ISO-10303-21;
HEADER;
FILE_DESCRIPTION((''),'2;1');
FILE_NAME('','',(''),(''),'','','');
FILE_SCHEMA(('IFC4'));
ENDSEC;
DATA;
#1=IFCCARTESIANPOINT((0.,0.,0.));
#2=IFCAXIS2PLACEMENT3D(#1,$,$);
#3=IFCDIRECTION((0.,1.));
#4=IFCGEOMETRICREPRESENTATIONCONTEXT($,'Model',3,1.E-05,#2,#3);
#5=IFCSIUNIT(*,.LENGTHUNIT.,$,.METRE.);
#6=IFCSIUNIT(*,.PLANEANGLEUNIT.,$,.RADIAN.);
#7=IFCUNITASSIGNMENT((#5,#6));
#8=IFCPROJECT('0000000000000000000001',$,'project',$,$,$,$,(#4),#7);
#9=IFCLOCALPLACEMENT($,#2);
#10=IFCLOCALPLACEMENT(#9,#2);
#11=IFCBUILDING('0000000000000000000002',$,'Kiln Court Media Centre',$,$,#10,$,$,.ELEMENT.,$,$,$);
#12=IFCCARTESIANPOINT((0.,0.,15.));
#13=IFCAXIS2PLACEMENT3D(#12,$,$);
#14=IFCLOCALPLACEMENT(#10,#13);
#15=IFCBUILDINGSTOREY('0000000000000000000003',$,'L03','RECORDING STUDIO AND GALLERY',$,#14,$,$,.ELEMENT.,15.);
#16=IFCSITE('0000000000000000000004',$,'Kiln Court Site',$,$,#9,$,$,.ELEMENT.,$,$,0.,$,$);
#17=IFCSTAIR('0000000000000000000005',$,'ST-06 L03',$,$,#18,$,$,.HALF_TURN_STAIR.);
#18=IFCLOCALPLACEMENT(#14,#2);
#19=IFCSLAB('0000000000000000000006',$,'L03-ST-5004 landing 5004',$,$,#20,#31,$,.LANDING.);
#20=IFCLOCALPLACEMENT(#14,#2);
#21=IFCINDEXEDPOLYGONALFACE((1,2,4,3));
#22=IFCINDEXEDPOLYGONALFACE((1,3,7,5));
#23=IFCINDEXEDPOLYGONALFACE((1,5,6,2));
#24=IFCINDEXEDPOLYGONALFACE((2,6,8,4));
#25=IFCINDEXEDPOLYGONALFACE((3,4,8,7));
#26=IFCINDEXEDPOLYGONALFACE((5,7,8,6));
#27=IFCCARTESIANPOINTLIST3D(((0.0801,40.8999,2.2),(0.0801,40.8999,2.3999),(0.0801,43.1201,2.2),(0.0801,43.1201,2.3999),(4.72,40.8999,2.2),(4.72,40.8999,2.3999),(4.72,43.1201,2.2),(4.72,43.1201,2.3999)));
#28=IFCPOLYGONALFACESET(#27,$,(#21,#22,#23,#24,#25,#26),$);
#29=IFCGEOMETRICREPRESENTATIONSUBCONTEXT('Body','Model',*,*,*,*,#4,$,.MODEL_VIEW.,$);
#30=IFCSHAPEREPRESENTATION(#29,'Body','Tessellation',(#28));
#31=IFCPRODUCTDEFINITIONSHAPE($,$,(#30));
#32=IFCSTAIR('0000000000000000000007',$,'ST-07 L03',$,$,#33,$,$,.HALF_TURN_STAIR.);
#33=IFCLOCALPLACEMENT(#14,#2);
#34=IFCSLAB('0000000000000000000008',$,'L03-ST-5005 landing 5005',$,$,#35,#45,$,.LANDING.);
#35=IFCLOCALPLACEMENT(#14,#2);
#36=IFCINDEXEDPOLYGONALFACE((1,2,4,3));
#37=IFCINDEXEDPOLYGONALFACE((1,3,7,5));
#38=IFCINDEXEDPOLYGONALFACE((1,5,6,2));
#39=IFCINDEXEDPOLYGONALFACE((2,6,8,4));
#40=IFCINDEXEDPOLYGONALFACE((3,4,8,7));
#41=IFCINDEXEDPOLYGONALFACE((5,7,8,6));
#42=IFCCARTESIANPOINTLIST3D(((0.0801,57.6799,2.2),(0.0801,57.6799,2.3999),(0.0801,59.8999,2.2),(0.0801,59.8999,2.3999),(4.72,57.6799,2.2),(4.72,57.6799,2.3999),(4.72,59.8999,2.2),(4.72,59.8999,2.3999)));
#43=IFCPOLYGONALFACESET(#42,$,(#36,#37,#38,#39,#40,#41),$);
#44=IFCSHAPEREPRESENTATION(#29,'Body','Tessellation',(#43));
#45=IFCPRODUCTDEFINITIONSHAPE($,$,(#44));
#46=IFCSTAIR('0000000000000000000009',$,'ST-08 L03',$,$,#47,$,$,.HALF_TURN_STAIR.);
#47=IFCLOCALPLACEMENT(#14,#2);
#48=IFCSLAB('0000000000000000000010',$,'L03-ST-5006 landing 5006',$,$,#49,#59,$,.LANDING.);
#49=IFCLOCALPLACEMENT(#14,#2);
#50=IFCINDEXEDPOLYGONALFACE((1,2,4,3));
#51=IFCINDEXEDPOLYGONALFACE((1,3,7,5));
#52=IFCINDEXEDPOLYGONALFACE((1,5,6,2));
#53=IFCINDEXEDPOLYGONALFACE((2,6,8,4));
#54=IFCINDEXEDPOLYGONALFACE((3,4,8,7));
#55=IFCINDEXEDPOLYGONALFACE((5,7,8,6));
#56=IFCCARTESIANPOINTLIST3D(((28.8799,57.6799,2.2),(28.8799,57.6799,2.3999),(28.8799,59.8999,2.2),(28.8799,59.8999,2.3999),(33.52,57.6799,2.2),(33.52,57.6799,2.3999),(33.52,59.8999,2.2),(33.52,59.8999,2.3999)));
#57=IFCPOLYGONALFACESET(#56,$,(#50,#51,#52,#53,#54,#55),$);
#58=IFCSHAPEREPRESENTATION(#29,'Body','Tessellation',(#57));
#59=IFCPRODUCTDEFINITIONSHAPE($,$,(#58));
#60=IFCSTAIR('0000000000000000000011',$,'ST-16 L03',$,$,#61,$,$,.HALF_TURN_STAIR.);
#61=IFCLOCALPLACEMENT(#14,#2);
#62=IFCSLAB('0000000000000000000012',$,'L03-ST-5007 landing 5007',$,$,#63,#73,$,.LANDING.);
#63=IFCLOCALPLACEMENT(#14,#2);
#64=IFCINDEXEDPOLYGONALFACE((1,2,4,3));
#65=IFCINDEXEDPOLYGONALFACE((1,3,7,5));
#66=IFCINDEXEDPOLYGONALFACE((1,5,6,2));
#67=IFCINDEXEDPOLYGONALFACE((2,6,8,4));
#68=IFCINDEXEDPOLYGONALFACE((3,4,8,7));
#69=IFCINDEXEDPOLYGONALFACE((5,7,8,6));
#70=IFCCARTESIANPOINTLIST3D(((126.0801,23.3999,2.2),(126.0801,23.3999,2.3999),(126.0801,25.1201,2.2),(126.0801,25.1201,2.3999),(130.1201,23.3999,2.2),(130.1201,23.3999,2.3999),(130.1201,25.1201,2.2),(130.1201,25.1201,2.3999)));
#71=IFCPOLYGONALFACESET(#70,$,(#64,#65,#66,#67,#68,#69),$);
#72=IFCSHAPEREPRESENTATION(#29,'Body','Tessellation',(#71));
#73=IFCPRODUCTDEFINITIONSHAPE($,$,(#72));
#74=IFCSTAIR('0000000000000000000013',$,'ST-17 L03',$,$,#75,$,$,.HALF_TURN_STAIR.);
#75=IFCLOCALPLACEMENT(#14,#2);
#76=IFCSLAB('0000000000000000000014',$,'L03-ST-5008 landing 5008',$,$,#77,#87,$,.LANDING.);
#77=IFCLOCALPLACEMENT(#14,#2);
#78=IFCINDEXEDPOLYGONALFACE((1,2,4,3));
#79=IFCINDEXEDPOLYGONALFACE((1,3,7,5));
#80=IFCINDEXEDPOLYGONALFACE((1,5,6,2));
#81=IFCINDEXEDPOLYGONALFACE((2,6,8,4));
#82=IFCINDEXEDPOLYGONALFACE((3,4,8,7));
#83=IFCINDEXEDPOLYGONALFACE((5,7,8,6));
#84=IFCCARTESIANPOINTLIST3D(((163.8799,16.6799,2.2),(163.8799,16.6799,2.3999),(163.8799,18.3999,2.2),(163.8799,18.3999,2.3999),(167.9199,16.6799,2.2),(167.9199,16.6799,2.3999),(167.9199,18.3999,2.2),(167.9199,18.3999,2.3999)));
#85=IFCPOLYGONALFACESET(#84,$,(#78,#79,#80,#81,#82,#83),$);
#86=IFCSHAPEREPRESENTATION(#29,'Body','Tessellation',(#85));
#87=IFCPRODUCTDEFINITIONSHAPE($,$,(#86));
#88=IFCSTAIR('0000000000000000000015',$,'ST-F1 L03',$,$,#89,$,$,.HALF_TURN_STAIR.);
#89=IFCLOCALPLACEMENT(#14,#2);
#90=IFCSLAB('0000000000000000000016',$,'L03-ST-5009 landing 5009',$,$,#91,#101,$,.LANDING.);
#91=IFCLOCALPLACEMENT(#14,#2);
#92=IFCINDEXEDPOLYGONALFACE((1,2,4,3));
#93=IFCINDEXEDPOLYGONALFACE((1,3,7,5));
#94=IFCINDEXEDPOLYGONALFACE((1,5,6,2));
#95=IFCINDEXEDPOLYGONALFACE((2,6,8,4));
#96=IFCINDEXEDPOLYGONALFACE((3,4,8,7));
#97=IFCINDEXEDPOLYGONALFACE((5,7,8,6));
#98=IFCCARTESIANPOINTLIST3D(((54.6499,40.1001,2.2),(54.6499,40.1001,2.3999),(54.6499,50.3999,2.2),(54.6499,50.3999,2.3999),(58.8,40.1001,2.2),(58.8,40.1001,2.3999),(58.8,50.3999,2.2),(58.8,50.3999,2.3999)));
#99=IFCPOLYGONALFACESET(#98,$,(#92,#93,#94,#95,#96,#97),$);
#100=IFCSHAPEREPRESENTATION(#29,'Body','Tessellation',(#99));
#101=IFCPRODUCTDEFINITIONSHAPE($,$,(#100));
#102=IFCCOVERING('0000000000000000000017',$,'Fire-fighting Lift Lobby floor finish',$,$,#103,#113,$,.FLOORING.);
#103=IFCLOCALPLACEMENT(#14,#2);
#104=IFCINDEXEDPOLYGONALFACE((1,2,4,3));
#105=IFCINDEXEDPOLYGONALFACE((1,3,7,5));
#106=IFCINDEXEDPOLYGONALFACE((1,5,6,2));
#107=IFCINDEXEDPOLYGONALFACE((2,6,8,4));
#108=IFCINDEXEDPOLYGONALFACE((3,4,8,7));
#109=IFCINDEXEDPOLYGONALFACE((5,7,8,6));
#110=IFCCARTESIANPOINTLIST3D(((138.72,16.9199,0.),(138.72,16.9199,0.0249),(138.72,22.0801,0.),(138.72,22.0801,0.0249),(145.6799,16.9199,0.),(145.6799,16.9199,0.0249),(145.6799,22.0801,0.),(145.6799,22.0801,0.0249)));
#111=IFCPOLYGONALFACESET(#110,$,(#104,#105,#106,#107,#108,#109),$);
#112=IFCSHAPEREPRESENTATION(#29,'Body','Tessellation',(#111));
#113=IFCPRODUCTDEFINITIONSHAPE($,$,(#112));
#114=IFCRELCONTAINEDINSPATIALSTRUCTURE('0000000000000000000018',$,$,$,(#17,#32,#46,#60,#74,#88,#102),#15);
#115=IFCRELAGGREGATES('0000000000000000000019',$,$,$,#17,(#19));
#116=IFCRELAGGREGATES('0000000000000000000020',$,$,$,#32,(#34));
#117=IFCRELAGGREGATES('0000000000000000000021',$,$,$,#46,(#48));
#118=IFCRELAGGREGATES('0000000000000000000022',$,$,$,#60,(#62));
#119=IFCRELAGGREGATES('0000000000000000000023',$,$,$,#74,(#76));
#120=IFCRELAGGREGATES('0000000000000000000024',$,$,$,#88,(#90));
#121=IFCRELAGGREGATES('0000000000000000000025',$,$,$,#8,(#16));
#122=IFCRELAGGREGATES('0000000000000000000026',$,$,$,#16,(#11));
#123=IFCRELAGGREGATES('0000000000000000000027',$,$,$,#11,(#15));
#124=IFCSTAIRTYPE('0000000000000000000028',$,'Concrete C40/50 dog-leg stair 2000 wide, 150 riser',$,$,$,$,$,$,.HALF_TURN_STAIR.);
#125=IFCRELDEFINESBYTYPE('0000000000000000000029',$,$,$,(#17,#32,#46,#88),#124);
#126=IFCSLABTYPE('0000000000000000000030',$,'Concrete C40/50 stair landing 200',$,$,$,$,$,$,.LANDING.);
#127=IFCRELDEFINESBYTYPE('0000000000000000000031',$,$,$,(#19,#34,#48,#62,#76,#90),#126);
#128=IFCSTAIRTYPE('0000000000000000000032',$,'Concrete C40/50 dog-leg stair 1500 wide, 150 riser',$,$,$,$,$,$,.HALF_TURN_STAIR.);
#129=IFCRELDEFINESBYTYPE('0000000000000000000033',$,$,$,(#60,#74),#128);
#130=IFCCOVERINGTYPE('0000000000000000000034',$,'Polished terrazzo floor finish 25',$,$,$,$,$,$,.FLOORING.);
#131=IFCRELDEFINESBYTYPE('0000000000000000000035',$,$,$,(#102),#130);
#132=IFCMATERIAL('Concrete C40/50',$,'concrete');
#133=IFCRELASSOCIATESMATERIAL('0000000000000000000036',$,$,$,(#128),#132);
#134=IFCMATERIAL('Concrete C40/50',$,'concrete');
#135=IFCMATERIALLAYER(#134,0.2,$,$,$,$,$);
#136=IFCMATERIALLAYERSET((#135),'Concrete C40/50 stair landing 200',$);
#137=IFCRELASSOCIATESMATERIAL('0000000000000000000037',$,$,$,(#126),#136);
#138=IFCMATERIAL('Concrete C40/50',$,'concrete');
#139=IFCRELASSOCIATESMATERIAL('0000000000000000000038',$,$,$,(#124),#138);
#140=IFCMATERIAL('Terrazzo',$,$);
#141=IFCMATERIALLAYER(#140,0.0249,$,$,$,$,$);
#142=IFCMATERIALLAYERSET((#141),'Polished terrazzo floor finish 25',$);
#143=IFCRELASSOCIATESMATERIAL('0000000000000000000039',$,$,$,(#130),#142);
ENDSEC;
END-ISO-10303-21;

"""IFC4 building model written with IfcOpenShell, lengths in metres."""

from ifc_helpers import new_model, si_unit, direction, frame, origin, place, context, subcontext, project, spatial, polyline, outline, extrude, material, layer, layer_set, type_object, element, aggregate, save


model = new_model("IFC4")

# Units and contexts
model_context = context("Model", 3, precision=1e-05, world=origin(), true_north=direction((0.0, 1.0)))
body_context = subcontext(model_context, "Body", "Model", "MODEL_VIEW")
ifc_project = project(units=[si_unit("LENGTHUNIT", "METRE"), si_unit("PLANEANGLEUNIT", "RADIAN")], contexts=[model_context])

# Site, building, storey
site_placement = place(None, origin())
site = spatial("IfcSite", under=ifc_project, at=site_placement, Name="Kiln Court Site", CompositionType="ELEMENT", RefElevation=0.0)
building_placement = place(site_placement, origin())
building = spatial("IfcBuilding", under=site, at=building_placement, Name="Kiln Court Media Centre", CompositionType="ELEMENT")
storey_placement = place(building_placement, frame((0.0, 0.0, 15.0)))
storey = spatial("IfcBuildingStorey", under=building, at=storey_placement, Name="L03", Description="RECORDING STUDIO AND GALLERY", CompositionType="ELEMENT", Elevation=15.0)

# Stairs, slabs
ifc_material_1 = material(Name="Concrete C40/50", Category="concrete")
stair_type_1 = type_object("IfcStairType", Name="Concrete C40/50 dog-leg stair 1500 wide, 150 riser", PredefinedType="HALF_TURN_STAIR", material=ifc_material_1)
ifc_material_2 = material(Name="Concrete C40/50", Category="concrete")
ifc_layer_1 = layer(ifc_material_2, 0.2)
ifc_layer_set_1 = layer_set([ifc_layer_1], Name="Concrete C40/50 stair landing 200")
slab_type = type_object("IfcSlabType", Name="Concrete C40/50 stair landing 200", PredefinedType="LANDING", material=ifc_layer_set_1)
ifc_material_3 = material(Name="Concrete C40/50", Category="concrete")
stair_type_2 = type_object("IfcStairType", Name="Concrete C40/50 dog-leg stair 2000 wide, 150 riser", PredefinedType="HALF_TURN_STAIR", material=ifc_material_3)
stair_1_placement = place(storey_placement, origin())
stair_1 = element("IfcStair", 1, at=stair_1_placement, inside=storey, type_object=stair_type_2, Name="ST-06 L03", PredefinedType="HALF_TURN_STAIR")
slab_1_placement = place(storey_placement, frame((0.0, 0.0, 2.2)))
slab_1 = element("IfcSlab", 2, at=slab_1_placement, type_object=slab_type, Name="L03-ST-5004 landing 5004", PredefinedType="LANDING", context=body_context, shape_type="SweptSolid", body=[
    extrude(outline(polyline([(4.72, 40.8999), (4.72, 43.1201), (0.0801, 43.1201), (0.0801, 40.8999), (4.72, 40.8999)])), origin(), (0.0, 0.0, 1.0), 0.2),
])
aggregate(stair_1, [slab_1])
stair_2_placement = place(storey_placement, origin())
stair_2 = element("IfcStair", 3, at=stair_2_placement, inside=storey, type_object=stair_type_2, Name="ST-07 L03", PredefinedType="HALF_TURN_STAIR")
slab_2_placement = place(storey_placement, frame((0.0, 0.0, 2.2)))
slab_2 = element("IfcSlab", 4, at=slab_2_placement, type_object=slab_type, Name="L03-ST-5005 landing 5005", PredefinedType="LANDING", context=body_context, shape_type="SweptSolid", body=[
    extrude(outline(polyline([(0.0801, 59.8999), (0.0801, 57.6799), (4.72, 57.6799), (4.72, 59.8999), (0.0801, 59.8999)])), origin(), (0.0, 0.0, 1.0), 0.2),
])
aggregate(stair_2, [slab_2])
stair_3_placement = place(storey_placement, origin())
stair_3 = element("IfcStair", 5, at=stair_3_placement, inside=storey, type_object=stair_type_2, Name="ST-08 L03", PredefinedType="HALF_TURN_STAIR")
slab_3_placement = place(storey_placement, frame((0.0, 0.0, 2.2)))
slab_3 = element("IfcSlab", 6, at=slab_3_placement, type_object=slab_type, Name="L03-ST-5006 landing 5006", PredefinedType="LANDING", context=body_context, shape_type="SweptSolid", body=[
    extrude(outline(polyline([(28.8799, 59.8999), (28.8799, 57.6799), (33.52, 57.6799), (33.52, 59.8999), (28.8799, 59.8999)])), origin(), (0.0, 0.0, 1.0), 0.2),
])
aggregate(stair_3, [slab_3])
stair_4_placement = place(storey_placement, origin())
stair_4 = element("IfcStair", 7, at=stair_4_placement, inside=storey, type_object=stair_type_1, Name="ST-16 L03", PredefinedType="HALF_TURN_STAIR")
slab_4_placement = place(storey_placement, frame((0.0, 0.0, 2.2)))
slab_4 = element("IfcSlab", 8, at=slab_4_placement, type_object=slab_type, Name="L03-ST-5007 landing 5007", PredefinedType="LANDING", context=body_context, shape_type="SweptSolid", body=[
    extrude(outline(polyline([(130.1201, 23.3999), (130.1201, 25.1201), (126.0801, 25.1201), (126.0801, 23.3999), (130.1201, 23.3999)])), origin(), (0.0, 0.0, 1.0), 0.2),
])
aggregate(stair_4, [slab_4])
stair_5_placement = place(storey_placement, origin())
stair_5 = element("IfcStair", 9, at=stair_5_placement, inside=storey, type_object=stair_type_1, Name="ST-17 L03", PredefinedType="HALF_TURN_STAIR")
slab_5_placement = place(storey_placement, frame((0.0, 0.0, 2.2)))
slab_5 = element("IfcSlab", 10, at=slab_5_placement, type_object=slab_type, Name="L03-ST-5008 landing 5008", PredefinedType="LANDING", context=body_context, shape_type="SweptSolid", body=[
    extrude(outline(polyline([(163.8799, 18.3999), (163.8799, 16.6799), (167.9199, 16.6799), (167.9199, 18.3999), (163.8799, 18.3999)])), origin(), (0.0, 0.0, 1.0), 0.2),
])
aggregate(stair_5, [slab_5])
stair_6_placement = place(storey_placement, origin())
stair_6 = element("IfcStair", 11, at=stair_6_placement, inside=storey, type_object=stair_type_2, Name="ST-F1 L03", PredefinedType="HALF_TURN_STAIR")
slab_6_placement = place(storey_placement, frame((0.0, 0.0, 2.2)))
slab_6 = element("IfcSlab", 12, at=slab_6_placement, type_object=slab_type, Name="L03-ST-5009 landing 5009", PredefinedType="LANDING", context=body_context, shape_type="SweptSolid", body=[
    extrude(outline(polyline([(58.8, 40.1001), (58.8, 50.3999), (54.6499, 50.3999), (54.6499, 40.1001), (58.8, 40.1001)])), origin(), (0.0, 0.0, 1.0), 0.2),
])
aggregate(stair_6, [slab_6])

# Covering
ifc_material_4 = material(Name="Terrazzo")
ifc_layer_2 = layer(ifc_material_4, 0.0249)
ifc_layer_set_2 = layer_set([ifc_layer_2], Name="Polished terrazzo floor finish 25")
covering_type = type_object("IfcCoveringType", Name="Polished terrazzo floor finish 25", PredefinedType="FLOORING", material=ifc_layer_set_2)
covering_placement = place(storey_placement, origin())
element("IfcCovering", 13, at=covering_placement, inside=storey, type_object=covering_type, Name="Fire-fighting Lift Lobby floor finish", PredefinedType="FLOORING", context=body_context, shape_type="SweptSolid", body=[
    extrude(outline(polyline([(138.72, 16.9199), (145.6799, 16.9199), (145.6799, 22.0801), (138.72, 22.0801), (138.72, 16.9199)])), origin(), (0.0, 0.0, 1.0), 0.0249),
])

save(model, "model.ifc")
